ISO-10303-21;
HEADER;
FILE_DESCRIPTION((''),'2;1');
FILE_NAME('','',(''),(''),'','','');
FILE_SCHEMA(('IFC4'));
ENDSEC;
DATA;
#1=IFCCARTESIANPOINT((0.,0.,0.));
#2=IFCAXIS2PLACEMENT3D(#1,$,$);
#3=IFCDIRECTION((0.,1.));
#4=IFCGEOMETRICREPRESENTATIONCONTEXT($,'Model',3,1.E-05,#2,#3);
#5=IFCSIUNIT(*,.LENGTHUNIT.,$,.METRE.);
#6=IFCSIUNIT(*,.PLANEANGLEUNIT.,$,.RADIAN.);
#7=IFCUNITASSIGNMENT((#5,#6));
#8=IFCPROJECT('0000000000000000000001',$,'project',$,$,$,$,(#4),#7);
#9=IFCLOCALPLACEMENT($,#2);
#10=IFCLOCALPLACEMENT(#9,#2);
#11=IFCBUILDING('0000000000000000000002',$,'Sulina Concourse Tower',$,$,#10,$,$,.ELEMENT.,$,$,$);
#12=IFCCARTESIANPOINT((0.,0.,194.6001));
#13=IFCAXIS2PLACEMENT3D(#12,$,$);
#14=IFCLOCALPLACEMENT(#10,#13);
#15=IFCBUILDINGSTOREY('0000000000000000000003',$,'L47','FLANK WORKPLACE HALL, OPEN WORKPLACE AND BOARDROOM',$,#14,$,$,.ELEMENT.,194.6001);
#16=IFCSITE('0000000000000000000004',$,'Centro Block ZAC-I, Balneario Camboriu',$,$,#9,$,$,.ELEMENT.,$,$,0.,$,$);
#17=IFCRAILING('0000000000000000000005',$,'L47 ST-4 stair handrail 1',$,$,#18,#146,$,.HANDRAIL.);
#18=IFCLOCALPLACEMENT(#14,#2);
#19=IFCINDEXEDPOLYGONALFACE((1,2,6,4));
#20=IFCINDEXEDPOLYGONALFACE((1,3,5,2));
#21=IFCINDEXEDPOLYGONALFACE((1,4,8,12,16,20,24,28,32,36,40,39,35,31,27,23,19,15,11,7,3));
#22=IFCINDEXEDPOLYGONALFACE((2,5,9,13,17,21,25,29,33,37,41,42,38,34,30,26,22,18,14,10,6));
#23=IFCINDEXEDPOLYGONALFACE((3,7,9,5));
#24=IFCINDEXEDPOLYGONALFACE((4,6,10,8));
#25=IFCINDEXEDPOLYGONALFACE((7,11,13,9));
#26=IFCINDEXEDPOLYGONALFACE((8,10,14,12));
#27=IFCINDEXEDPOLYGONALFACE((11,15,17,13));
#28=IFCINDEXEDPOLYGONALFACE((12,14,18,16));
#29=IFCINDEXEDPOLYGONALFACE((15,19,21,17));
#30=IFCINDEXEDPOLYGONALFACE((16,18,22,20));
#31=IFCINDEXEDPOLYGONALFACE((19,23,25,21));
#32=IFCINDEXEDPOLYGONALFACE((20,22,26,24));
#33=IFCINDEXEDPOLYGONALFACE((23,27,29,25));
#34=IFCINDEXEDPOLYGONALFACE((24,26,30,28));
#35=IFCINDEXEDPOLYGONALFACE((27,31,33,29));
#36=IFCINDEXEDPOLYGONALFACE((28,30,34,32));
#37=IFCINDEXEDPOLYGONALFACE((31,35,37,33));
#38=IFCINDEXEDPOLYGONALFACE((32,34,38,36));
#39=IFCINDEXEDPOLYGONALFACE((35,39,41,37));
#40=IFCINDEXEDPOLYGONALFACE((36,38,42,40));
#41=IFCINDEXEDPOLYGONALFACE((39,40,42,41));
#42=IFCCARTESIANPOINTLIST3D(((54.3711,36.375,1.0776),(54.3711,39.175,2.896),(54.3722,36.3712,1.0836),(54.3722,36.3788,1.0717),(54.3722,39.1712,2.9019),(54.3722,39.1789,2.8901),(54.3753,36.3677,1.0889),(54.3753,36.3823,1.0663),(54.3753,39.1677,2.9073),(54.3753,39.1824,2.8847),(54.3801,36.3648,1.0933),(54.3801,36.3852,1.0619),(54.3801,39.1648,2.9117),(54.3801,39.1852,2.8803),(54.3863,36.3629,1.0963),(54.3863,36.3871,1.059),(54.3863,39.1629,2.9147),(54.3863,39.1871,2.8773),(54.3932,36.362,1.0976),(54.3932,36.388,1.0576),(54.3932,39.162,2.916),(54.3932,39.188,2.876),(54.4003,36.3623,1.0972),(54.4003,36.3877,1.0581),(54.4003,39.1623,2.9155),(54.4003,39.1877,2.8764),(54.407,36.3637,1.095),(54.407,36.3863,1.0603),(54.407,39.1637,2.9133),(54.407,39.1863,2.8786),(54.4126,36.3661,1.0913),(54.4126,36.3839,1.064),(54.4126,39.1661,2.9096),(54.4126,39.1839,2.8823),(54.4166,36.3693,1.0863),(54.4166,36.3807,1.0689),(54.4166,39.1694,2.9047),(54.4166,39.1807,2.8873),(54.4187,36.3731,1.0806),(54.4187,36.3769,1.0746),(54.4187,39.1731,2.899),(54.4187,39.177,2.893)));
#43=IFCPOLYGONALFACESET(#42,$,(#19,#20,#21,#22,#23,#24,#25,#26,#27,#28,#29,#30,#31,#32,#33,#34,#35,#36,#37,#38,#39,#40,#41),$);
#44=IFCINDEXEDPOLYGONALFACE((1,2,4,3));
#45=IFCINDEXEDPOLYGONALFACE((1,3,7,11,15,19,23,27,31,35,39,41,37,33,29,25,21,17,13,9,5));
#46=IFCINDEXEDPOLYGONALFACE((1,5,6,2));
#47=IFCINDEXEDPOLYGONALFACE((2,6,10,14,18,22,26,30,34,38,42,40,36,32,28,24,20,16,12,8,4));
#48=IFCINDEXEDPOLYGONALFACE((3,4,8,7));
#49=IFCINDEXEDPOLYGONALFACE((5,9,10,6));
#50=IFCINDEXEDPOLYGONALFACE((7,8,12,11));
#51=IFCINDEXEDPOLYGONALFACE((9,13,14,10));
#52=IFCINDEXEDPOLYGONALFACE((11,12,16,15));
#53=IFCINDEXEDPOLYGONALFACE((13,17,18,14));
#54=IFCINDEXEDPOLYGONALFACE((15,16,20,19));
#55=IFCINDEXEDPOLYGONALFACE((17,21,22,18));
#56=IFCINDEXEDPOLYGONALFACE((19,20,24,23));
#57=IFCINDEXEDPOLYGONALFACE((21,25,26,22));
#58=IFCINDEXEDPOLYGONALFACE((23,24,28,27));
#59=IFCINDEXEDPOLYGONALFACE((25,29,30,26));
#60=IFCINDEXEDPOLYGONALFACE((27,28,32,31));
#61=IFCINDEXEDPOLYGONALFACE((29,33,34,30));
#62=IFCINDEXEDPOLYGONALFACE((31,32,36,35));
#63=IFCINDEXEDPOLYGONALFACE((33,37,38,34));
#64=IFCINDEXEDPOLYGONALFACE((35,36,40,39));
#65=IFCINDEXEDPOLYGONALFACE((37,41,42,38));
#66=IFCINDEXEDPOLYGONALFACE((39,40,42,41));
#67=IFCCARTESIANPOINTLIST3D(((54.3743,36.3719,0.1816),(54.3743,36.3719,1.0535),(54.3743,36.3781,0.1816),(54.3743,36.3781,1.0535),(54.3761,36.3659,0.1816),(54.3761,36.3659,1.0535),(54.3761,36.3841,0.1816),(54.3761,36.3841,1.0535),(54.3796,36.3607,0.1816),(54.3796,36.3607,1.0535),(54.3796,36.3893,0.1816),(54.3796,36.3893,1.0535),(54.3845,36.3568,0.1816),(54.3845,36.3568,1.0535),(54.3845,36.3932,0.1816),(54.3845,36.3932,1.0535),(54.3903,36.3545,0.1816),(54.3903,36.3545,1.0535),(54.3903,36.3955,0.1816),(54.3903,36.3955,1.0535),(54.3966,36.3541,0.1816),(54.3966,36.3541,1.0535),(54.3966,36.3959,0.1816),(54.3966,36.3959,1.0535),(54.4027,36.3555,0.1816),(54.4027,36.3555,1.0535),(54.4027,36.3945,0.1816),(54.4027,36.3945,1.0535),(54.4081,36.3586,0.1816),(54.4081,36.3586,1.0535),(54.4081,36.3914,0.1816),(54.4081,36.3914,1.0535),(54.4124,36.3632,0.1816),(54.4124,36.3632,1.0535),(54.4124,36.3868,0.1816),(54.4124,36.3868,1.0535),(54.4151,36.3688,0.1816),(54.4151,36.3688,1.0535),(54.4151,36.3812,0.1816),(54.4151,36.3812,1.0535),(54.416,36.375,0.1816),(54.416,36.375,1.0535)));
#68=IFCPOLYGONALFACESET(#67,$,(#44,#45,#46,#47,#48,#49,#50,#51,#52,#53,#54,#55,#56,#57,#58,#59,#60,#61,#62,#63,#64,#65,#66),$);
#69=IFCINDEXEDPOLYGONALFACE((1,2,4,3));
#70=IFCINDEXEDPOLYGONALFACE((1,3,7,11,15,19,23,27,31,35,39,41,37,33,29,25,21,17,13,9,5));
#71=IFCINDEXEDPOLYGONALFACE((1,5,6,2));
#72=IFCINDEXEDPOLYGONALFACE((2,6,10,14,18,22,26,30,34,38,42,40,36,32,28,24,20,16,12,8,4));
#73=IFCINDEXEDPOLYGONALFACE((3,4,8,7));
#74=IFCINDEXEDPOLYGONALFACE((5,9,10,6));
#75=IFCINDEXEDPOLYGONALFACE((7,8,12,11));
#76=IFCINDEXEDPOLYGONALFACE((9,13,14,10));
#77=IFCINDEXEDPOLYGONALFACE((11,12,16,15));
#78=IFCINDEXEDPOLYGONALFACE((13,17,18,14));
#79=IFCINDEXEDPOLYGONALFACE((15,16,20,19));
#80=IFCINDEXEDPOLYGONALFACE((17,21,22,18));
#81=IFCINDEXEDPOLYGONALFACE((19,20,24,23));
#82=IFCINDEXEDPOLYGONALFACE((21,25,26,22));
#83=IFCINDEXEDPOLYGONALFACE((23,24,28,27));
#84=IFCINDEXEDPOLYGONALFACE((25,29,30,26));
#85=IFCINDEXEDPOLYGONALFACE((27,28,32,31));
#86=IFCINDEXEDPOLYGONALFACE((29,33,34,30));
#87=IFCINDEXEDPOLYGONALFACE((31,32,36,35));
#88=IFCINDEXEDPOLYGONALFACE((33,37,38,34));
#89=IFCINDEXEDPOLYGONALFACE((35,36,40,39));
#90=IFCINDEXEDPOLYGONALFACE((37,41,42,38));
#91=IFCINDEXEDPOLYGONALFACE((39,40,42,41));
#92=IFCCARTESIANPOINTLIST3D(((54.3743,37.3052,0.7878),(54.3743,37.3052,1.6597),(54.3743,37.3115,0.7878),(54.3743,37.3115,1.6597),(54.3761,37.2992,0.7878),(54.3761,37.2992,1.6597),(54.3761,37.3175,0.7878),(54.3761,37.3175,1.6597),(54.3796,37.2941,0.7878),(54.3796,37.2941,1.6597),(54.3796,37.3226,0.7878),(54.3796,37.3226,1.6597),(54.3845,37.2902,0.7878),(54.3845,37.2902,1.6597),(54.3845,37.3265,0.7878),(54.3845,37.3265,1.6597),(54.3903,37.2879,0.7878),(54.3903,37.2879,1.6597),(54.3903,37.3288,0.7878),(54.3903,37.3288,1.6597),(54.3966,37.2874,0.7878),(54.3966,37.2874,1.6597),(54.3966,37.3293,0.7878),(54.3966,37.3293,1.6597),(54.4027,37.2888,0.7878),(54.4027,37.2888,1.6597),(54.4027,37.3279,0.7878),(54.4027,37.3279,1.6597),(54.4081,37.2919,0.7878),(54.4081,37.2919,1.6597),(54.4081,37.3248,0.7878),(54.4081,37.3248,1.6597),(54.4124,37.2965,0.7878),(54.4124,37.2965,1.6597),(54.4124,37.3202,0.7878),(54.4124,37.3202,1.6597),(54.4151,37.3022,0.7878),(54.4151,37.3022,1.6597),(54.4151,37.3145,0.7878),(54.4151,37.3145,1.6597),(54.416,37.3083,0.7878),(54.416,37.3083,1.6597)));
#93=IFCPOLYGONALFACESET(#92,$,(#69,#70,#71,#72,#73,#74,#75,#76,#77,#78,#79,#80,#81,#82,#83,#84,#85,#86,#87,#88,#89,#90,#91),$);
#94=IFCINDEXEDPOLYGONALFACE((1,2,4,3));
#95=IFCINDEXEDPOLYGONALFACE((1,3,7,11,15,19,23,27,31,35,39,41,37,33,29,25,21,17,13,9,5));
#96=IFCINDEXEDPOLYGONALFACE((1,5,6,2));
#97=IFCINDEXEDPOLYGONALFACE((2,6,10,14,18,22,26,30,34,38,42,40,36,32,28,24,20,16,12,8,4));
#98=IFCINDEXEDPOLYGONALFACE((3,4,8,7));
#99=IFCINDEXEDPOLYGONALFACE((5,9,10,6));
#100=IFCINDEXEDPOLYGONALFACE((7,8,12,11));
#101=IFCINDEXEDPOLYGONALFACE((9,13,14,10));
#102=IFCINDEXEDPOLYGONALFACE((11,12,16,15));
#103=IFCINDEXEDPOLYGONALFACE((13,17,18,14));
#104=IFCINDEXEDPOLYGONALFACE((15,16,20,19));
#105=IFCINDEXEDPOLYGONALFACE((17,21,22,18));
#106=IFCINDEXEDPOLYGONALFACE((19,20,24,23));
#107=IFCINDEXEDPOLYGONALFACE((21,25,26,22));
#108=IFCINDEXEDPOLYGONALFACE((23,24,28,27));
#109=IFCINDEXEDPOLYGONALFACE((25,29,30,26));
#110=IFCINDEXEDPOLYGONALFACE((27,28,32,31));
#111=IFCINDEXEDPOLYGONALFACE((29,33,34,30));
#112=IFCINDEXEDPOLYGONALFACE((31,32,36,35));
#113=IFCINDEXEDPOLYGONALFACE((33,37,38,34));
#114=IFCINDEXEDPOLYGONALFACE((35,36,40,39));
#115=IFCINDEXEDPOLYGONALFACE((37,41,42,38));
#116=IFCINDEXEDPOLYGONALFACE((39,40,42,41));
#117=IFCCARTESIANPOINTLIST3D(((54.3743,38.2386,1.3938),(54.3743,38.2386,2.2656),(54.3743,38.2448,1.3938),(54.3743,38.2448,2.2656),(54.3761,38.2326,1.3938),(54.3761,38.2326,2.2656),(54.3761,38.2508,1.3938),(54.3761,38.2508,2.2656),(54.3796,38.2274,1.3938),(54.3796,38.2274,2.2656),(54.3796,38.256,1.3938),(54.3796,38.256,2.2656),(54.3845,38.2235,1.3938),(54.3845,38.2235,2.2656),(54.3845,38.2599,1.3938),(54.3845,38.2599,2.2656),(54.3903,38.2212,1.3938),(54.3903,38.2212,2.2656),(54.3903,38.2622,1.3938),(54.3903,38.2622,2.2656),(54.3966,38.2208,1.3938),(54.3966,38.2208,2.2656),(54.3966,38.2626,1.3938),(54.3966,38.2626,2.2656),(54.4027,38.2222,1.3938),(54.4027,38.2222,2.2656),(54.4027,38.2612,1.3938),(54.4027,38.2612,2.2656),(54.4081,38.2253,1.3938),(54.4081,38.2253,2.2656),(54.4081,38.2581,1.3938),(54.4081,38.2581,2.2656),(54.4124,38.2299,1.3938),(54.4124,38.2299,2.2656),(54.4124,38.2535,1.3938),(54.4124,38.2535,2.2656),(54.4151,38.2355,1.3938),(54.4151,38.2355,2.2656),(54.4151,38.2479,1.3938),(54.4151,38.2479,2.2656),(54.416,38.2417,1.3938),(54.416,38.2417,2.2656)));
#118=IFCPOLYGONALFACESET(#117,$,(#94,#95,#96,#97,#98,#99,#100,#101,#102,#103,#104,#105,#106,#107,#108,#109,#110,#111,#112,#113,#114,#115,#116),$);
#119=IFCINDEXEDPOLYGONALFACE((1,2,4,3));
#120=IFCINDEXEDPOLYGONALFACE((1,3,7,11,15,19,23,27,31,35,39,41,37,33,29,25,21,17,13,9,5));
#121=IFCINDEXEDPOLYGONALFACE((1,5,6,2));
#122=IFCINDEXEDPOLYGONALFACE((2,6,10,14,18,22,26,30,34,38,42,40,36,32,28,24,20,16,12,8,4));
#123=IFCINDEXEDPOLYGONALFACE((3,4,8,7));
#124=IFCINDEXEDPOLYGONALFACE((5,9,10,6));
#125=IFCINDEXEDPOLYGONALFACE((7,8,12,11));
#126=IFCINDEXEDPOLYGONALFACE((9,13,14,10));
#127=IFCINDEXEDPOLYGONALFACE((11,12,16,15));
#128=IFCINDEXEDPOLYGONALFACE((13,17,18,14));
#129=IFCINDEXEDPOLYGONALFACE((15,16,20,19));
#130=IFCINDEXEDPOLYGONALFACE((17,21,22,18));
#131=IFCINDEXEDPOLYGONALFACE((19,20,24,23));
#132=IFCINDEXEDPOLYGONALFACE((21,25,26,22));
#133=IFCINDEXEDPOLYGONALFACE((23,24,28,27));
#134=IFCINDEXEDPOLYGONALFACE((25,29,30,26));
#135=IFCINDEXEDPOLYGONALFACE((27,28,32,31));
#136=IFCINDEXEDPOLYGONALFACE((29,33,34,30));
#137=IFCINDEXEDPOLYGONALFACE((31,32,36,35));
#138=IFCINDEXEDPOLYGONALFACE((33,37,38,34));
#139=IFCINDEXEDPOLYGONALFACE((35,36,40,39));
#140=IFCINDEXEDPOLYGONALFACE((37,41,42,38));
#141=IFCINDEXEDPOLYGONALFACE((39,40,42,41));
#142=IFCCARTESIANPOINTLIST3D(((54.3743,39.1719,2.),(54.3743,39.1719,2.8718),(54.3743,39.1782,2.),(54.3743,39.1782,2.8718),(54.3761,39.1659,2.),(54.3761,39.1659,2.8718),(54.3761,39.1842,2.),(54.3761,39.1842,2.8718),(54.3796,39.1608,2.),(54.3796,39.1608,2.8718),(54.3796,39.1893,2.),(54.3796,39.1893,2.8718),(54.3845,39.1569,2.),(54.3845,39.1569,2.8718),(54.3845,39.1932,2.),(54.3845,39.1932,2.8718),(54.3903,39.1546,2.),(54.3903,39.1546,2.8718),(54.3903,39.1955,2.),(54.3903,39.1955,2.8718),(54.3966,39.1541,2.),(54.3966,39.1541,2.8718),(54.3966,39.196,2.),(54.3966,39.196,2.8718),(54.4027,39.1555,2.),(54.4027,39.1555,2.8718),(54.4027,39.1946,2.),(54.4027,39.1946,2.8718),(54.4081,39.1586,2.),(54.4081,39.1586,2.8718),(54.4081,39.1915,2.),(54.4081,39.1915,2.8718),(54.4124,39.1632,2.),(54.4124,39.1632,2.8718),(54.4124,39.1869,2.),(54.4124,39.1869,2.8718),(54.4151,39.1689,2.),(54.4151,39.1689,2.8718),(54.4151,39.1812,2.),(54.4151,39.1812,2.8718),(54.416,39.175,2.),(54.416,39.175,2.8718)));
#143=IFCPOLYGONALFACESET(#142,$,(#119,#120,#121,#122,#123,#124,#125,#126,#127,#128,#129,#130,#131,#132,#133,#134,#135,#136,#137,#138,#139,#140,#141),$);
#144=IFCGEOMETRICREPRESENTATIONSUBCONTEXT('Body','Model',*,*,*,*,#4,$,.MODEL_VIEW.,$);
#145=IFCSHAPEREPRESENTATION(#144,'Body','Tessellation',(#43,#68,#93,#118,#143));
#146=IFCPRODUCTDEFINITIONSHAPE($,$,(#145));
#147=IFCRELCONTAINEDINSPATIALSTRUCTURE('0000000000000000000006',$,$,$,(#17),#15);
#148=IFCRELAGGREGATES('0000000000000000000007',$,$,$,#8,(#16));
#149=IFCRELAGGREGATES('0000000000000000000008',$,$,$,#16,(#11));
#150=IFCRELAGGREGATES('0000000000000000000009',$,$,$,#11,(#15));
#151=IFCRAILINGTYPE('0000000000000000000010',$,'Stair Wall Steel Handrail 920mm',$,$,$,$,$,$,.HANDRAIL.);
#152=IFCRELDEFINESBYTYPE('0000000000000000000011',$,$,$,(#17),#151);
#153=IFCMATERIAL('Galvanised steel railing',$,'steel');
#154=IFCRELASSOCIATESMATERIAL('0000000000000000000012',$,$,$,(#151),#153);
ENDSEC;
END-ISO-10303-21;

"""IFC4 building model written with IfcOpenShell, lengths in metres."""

from ifc_helpers import new_model, si_unit, direction, frame, origin, origin_2d, place, context, subcontext, project, spatial, circle, extrude, material, type_object, element, save


model = new_model("IFC4")

# Units and contexts
model_context = context("Model", 3, precision=1e-05, world=origin(), true_north=direction((0.0, 1.0)))
body_context = subcontext(model_context, "Body", "Model", "MODEL_VIEW")
ifc_project = project(units=[si_unit("LENGTHUNIT", "METRE"), si_unit("PLANEANGLEUNIT", "RADIAN")], contexts=[model_context])

# Site, building, storey
site_placement = place(None, origin())
site = spatial("IfcSite", under=ifc_project, at=site_placement, Name="Centro Block ZAC-I, Balneario Camboriu", CompositionType="ELEMENT", RefElevation=0.0)
building_placement = place(site_placement, origin())
building = spatial("IfcBuilding", under=site, at=building_placement, Name="Sulina Concourse Tower", CompositionType="ELEMENT")
storey_placement = place(building_placement, frame((0.0, 0.0, 194.6001)))
storey = spatial("IfcBuildingStorey", under=building, at=storey_placement, Name="L47", Description="FLANK WORKPLACE HALL, OPEN WORKPLACE AND BOARDROOM", CompositionType="ELEMENT", Elevation=194.6001)

# Railing
ifc_material_1 = material(Name="Galvanised steel railing", Category="steel")
railing_type_1 = type_object("IfcRailingType", Name="Stair Wall Steel Handrail 920mm", PredefinedType="HANDRAIL", material=ifc_material_1)
railing_1_placement = place(storey_placement, frame((54.395, 36.375, 0.1816)))
element("IfcRailing", 1, at=railing_1_placement, inside=storey, type_object=railing_type_1, Name="L47 ST-4 stair handrail 1", PredefinedType="HANDRAIL", context=body_context, shape_type="SweptSolid", body=[
    extrude(circle(Radius=0.0239, at=origin_2d()), frame((0.0, 0.0, 0.896), z_axis=(0.0, 0.838672, 0.544636), x_axis=(-1.0, 0.0, 0.0)), (0.0, 0.0, 1.0), 3.3386),
    extrude(circle(Radius=0.021, at=origin_2d()), origin(), (0.0, 0.0, 1.0), 0.8718),
    extrude(circle(Radius=0.021, at=origin_2d()), frame((0.0, 0.9333, 0.6062)), (0.0, 0.0, 1.0), 0.8718),
    extrude(circle(Radius=0.021, at=origin_2d()), frame((0.0, 1.8667, 1.2122)), (0.0, 0.0, 1.0), 0.8718),
    extrude(circle(Radius=0.021, at=origin_2d()), frame((0.0, 2.8, 1.8184)), (0.0, 0.0, 1.0), 0.8718),
])

save(model, "model.ifc")
